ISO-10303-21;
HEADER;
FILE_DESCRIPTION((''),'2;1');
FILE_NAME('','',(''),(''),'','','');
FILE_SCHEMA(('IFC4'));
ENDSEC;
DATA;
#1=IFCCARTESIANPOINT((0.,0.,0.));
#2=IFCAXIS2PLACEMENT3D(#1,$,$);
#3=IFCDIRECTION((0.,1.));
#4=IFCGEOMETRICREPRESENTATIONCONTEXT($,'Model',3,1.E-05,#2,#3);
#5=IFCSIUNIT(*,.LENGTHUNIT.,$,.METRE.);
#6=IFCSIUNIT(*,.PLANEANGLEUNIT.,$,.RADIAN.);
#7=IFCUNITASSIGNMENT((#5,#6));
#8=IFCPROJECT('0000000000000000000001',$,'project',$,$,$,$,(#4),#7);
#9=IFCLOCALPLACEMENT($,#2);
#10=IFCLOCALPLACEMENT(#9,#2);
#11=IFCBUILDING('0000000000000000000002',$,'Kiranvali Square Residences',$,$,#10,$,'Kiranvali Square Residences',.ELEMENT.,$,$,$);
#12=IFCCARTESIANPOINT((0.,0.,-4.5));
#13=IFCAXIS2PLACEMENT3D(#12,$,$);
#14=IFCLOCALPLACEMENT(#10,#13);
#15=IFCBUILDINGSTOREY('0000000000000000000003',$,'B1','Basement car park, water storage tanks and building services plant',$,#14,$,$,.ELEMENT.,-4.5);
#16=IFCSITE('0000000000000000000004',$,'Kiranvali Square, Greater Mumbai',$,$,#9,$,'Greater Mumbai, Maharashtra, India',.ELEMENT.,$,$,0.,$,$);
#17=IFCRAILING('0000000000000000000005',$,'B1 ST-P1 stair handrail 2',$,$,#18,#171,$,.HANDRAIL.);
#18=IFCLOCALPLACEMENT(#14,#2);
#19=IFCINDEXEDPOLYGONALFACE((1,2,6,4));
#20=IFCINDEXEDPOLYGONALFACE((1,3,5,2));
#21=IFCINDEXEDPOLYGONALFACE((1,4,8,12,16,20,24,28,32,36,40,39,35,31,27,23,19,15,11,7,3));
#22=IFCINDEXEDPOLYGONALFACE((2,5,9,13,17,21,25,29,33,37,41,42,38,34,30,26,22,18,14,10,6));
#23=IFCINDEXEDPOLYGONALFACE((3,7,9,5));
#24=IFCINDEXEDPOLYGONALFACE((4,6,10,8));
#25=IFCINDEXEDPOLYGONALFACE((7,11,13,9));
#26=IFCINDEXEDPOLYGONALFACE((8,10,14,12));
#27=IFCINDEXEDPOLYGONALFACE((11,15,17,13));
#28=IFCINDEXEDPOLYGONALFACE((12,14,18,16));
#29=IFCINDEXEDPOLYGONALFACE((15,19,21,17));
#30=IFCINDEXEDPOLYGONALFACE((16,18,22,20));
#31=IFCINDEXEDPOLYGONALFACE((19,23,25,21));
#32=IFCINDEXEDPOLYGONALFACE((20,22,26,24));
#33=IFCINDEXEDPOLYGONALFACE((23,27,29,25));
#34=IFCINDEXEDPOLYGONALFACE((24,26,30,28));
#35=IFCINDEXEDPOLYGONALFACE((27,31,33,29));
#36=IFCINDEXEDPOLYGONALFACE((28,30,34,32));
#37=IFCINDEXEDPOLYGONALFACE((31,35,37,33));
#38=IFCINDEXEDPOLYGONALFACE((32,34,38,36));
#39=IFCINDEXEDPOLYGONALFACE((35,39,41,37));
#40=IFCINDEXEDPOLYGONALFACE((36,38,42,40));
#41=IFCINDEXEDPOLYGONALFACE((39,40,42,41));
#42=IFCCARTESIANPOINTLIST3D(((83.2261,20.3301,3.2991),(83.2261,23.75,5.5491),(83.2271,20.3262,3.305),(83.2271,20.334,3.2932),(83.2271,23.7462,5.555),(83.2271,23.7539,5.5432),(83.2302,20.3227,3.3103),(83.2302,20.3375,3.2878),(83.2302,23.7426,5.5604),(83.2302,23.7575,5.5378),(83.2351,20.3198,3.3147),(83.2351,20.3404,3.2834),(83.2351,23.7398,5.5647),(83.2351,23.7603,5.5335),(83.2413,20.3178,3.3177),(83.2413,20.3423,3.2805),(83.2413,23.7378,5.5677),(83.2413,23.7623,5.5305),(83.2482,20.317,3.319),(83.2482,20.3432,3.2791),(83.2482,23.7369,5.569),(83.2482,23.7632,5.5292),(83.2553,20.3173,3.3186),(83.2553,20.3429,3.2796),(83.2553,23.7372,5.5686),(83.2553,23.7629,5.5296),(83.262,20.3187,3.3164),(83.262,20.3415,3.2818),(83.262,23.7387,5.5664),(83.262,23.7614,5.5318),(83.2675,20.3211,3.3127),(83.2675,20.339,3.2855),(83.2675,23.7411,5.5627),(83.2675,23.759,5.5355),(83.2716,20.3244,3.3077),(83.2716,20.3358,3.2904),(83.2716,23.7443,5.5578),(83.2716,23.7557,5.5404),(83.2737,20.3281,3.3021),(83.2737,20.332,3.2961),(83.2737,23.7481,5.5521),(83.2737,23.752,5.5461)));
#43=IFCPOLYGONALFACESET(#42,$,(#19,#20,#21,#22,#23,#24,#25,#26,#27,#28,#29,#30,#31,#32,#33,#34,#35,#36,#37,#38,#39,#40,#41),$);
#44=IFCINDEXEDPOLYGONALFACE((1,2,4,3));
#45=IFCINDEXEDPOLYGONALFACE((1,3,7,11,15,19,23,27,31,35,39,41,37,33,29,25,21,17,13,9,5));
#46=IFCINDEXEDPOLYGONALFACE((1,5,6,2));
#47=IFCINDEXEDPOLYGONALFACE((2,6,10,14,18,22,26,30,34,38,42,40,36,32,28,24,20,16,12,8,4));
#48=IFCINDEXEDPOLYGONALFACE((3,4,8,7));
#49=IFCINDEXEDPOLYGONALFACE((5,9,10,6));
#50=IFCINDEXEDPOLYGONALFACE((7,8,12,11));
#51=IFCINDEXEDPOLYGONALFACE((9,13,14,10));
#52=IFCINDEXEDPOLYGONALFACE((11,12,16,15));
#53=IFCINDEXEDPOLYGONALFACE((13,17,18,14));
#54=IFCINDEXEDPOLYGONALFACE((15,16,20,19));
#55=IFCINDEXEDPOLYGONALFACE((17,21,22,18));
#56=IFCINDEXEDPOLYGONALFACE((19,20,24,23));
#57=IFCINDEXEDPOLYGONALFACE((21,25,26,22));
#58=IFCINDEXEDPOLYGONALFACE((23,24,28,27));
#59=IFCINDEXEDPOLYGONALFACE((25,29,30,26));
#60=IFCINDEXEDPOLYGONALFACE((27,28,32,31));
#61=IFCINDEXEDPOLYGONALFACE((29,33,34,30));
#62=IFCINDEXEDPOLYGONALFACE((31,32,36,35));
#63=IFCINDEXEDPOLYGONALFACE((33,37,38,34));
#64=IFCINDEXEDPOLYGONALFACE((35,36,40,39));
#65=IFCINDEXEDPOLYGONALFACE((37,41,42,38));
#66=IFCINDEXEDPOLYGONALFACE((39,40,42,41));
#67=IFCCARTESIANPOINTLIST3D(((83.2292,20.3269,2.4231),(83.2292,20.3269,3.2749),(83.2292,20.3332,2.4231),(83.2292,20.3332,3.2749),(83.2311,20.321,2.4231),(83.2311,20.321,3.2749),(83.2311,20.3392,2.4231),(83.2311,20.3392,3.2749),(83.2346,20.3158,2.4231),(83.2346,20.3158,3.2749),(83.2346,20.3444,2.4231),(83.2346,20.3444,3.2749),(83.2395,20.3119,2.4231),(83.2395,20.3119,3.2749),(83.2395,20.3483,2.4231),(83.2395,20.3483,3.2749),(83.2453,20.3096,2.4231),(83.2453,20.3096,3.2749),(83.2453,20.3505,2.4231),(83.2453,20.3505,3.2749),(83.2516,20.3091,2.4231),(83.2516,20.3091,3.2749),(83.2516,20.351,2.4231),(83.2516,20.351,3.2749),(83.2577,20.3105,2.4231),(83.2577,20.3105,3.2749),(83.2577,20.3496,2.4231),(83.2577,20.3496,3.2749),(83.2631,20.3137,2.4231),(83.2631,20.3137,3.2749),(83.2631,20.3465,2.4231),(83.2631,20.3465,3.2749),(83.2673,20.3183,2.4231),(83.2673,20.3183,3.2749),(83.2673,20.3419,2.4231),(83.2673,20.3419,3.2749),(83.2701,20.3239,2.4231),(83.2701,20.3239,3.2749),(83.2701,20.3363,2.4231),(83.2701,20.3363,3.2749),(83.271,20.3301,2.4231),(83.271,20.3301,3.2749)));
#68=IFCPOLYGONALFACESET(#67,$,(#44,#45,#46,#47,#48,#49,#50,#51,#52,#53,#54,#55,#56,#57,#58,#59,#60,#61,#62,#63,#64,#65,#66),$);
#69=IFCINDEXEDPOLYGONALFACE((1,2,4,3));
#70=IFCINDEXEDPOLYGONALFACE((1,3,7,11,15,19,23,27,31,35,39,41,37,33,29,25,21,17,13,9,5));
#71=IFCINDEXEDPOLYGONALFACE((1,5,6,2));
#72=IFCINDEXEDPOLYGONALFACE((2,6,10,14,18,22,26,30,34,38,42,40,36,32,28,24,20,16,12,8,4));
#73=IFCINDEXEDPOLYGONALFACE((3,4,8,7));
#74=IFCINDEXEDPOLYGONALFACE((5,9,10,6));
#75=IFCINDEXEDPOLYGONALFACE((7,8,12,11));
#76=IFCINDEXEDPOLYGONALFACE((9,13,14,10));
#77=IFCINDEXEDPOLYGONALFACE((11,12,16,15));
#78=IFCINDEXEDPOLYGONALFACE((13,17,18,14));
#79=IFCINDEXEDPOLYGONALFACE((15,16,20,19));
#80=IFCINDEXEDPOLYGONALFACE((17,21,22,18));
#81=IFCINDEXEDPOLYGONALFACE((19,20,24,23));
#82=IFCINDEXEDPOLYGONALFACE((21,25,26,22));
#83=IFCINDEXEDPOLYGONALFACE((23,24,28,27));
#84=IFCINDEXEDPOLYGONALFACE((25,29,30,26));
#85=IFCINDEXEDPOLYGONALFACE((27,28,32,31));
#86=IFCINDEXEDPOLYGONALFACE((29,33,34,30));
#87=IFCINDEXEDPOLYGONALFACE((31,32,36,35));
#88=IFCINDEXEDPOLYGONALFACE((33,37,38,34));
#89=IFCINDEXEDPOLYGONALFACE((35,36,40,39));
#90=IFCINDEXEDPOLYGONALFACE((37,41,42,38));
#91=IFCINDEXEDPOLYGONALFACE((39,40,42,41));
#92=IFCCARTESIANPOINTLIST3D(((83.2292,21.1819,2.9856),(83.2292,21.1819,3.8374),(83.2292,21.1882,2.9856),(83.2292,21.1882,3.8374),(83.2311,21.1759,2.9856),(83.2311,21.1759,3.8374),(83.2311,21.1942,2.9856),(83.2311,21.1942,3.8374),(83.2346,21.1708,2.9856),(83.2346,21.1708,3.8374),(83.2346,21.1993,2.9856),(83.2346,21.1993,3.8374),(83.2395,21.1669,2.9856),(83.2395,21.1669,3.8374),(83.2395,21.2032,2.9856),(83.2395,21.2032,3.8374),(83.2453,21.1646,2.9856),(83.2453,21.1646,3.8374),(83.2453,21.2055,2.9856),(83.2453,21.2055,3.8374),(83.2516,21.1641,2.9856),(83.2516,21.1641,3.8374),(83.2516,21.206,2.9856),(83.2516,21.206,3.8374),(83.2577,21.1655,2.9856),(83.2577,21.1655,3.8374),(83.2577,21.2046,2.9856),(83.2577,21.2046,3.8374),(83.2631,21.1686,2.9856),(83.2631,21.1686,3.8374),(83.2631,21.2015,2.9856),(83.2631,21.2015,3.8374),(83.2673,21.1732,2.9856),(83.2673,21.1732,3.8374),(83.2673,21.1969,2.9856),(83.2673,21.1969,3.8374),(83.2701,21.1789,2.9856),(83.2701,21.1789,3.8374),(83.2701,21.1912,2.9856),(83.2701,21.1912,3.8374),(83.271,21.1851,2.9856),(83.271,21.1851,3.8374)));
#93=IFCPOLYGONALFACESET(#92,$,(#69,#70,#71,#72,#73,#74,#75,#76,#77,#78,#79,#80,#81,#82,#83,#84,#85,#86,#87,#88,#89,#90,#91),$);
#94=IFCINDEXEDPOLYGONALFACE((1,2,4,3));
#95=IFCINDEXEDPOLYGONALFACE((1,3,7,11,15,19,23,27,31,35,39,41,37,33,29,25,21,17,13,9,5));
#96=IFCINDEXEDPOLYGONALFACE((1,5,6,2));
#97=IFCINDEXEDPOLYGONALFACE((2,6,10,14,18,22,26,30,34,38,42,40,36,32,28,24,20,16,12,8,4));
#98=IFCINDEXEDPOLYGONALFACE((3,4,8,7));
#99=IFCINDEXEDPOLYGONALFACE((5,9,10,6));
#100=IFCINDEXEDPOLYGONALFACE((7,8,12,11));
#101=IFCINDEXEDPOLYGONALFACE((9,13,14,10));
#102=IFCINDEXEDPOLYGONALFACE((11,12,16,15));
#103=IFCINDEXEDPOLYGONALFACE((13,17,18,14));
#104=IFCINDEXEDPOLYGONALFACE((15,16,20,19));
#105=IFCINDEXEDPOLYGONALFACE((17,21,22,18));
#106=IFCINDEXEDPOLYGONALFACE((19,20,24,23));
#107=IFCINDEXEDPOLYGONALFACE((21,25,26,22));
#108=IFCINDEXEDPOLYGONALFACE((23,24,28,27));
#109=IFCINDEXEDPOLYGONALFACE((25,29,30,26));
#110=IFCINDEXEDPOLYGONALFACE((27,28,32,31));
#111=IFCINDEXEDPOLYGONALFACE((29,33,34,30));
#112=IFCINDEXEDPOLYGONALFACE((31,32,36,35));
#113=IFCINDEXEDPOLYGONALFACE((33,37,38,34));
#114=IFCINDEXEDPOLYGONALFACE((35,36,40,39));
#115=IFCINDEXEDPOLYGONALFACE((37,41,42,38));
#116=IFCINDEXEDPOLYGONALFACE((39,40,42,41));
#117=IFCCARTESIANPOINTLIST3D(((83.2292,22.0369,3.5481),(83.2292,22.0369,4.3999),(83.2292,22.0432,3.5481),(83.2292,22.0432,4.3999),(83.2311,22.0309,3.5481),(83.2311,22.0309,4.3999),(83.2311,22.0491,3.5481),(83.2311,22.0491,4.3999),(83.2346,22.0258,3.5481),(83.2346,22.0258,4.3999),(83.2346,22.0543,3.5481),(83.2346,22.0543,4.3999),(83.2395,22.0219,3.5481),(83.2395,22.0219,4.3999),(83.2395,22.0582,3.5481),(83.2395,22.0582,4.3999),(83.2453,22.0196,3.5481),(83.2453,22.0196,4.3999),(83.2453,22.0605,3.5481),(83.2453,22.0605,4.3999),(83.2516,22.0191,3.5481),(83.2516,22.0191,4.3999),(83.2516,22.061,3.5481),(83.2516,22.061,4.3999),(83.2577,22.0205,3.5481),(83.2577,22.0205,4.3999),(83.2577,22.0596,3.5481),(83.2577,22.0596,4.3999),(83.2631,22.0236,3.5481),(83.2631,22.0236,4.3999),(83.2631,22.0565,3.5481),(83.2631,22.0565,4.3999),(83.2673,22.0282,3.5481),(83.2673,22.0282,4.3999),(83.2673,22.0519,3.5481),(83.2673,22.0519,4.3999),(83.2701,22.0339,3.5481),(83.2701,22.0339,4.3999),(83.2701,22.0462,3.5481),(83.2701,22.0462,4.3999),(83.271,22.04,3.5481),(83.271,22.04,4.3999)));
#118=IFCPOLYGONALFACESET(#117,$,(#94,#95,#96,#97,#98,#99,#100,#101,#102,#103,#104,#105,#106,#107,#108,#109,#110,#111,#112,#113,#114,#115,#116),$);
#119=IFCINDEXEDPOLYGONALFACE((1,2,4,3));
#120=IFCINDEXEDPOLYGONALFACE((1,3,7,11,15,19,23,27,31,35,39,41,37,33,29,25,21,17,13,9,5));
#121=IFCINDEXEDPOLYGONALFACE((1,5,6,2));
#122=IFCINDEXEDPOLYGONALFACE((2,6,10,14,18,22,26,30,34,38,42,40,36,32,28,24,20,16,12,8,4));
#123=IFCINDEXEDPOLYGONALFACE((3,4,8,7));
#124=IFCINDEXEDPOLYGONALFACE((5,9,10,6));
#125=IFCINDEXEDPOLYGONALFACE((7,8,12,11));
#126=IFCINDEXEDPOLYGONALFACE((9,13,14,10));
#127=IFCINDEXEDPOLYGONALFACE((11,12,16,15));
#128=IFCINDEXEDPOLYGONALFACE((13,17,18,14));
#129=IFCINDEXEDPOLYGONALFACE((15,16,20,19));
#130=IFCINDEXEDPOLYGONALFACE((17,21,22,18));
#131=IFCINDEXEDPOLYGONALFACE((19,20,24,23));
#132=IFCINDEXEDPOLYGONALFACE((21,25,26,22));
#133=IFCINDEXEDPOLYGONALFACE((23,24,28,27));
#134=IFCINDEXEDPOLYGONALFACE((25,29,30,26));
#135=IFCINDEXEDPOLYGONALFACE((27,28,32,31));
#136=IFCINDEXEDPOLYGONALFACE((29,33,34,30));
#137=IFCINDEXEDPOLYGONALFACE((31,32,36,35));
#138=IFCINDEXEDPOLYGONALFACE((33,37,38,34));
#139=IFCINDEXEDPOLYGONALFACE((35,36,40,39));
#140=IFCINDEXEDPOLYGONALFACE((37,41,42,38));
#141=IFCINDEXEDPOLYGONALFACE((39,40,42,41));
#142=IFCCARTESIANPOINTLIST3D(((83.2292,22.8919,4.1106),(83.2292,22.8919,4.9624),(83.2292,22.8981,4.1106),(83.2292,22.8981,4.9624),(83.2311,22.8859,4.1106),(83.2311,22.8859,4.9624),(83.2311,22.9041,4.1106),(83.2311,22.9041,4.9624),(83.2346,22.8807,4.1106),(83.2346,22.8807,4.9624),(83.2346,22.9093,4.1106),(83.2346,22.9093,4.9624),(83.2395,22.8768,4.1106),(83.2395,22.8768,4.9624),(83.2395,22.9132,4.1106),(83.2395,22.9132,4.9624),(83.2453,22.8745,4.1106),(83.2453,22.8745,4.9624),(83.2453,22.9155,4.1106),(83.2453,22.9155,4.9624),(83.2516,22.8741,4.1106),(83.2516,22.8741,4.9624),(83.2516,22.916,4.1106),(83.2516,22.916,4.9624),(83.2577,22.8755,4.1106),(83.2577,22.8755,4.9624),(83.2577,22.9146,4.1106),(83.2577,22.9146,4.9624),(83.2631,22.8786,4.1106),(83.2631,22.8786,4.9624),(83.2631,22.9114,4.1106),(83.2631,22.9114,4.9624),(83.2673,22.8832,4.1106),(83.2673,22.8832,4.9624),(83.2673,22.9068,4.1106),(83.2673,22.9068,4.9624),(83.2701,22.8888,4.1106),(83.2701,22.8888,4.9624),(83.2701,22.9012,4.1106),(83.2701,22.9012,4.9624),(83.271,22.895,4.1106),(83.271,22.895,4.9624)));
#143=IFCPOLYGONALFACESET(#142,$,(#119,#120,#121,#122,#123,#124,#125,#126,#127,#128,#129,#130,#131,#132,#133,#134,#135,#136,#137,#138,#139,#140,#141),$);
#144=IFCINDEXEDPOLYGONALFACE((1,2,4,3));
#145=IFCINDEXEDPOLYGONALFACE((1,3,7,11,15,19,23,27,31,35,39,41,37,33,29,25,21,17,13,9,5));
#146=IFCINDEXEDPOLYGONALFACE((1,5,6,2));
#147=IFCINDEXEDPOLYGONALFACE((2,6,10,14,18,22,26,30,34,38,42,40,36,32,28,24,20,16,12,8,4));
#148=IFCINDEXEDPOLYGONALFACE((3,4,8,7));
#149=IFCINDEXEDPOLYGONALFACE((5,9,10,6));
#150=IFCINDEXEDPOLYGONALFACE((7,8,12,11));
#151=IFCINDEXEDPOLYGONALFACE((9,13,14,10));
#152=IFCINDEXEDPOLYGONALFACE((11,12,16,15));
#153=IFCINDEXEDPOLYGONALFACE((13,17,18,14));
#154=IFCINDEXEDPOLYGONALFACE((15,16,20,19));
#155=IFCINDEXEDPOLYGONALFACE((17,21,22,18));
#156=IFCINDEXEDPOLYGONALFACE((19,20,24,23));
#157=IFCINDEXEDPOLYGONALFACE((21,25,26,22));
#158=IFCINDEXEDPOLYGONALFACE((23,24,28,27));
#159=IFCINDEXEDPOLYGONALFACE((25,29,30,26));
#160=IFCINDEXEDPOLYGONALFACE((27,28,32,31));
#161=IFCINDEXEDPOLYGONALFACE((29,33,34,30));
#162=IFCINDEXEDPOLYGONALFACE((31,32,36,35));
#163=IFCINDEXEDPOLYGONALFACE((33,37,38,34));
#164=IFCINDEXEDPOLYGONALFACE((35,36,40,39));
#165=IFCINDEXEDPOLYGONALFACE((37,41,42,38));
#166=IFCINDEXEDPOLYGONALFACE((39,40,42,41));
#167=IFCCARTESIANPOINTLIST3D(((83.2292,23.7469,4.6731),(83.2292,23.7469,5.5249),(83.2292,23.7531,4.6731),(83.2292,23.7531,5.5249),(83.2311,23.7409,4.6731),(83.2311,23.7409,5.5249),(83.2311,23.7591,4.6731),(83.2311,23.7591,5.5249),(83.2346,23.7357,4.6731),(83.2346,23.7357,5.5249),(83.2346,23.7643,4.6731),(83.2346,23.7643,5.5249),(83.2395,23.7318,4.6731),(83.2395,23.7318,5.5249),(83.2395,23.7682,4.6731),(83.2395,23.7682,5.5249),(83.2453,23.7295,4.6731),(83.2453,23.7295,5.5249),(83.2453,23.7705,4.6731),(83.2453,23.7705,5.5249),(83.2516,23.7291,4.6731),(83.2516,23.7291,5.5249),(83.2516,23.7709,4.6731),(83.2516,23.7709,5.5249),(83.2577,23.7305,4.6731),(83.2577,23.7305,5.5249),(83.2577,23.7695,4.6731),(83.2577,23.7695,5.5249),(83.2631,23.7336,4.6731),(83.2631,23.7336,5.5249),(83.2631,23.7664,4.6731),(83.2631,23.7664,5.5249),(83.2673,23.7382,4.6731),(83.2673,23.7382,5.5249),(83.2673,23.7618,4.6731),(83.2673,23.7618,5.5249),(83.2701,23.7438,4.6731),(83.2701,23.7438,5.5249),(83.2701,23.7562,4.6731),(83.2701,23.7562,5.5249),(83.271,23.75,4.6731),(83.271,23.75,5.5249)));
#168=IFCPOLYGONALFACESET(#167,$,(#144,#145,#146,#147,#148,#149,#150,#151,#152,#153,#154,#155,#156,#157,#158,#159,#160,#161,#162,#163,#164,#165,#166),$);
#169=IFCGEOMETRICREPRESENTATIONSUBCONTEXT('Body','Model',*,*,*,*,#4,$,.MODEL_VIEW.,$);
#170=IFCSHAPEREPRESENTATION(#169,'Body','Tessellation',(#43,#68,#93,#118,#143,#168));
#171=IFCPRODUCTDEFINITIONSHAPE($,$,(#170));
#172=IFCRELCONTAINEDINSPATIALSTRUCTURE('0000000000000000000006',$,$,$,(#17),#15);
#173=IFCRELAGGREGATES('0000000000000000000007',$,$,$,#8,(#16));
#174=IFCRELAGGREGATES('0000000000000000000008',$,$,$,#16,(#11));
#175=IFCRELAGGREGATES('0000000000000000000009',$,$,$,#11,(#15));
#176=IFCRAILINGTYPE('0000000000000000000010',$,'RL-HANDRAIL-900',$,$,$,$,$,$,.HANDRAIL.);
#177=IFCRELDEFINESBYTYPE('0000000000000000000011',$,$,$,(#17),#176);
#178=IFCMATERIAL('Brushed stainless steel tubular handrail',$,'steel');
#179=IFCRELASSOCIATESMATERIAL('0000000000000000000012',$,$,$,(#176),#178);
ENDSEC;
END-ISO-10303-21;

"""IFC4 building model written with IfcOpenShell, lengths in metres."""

from ifc_helpers import new_model, si_unit, direction, frame, origin, origin_2d, place, context, subcontext, project, spatial, circle, extrude, material, type_object, element, save


model = new_model("IFC4")

# Units and contexts
model_context = context("Model", 3, precision=1e-05, world=origin(), true_north=direction((0.0, 1.0)))
body_context = subcontext(model_context, "Body", "Model", "MODEL_VIEW")
ifc_project = project(units=[si_unit("LENGTHUNIT", "METRE"), si_unit("PLANEANGLEUNIT", "RADIAN")], contexts=[model_context])

# Site, building, storey
site_placement = place(None, origin())
site = spatial("IfcSite", under=ifc_project, at=site_placement, Name="Kiranvali Square, Greater Mumbai", LongName="Greater Mumbai, Maharashtra, India", CompositionType="ELEMENT", RefElevation=0.0)
building_placement = place(site_placement, origin())
building = spatial("IfcBuilding", under=site, at=building_placement, Name="Kiranvali Square Residences", LongName="Kiranvali Square Residences", CompositionType="ELEMENT")
storey_placement = place(building_placement, frame((0.0, 0.0, -4.5)))
storey = spatial("IfcBuildingStorey", under=building, at=storey_placement, Name="B1", Description="Basement car park, water storage tanks and building services plant", CompositionType="ELEMENT", Elevation=-4.5)

# Railing
ifc_material_1 = material(Name="Brushed stainless steel tubular handrail", Category="steel")
railing_type_1 = type_object("IfcRailingType", Name="RL-HANDRAIL-900", PredefinedType="HANDRAIL", material=ifc_material_1)
railing_1_placement = place(storey_placement, frame((83.25, 20.3301, 2.4231)))
element("IfcRailing", 1, at=railing_1_placement, inside=storey, type_object=railing_type_1, Name="B1 ST-P1 stair handrail 2", PredefinedType="HANDRAIL", context=body_context, shape_type="SweptSolid", body=[
    extrude(circle(Radius=0.0239, at=origin_2d()), frame((0.0, 0.0, 0.876), z_axis=(0.0, 0.835411, 0.549625), x_axis=(-1.0, 0.0, 0.0)), (0.0, 0.0, 1.0), 4.0938),
    extrude(circle(Radius=0.021, at=origin_2d()), origin(), (0.0, 0.0, 1.0), 0.8518),
    extrude(circle(Radius=0.021, at=origin_2d()), frame((0.0, 0.855, 0.5625)), (0.0, 0.0, 1.0), 0.8518),
    extrude(circle(Radius=0.021, at=origin_2d()), frame((0.0, 1.71, 1.125)), (0.0, 0.0, 1.0), 0.8518),
    extrude(circle(Radius=0.021, at=origin_2d()), frame((0.0, 2.5649, 1.6875)), (0.0, 0.0, 1.0), 0.8518),
    extrude(circle(Radius=0.021, at=origin_2d()), frame((0.0, 3.4199, 2.25)), (0.0, 0.0, 1.0), 0.8518),
])

save(model, "model.ifc")
